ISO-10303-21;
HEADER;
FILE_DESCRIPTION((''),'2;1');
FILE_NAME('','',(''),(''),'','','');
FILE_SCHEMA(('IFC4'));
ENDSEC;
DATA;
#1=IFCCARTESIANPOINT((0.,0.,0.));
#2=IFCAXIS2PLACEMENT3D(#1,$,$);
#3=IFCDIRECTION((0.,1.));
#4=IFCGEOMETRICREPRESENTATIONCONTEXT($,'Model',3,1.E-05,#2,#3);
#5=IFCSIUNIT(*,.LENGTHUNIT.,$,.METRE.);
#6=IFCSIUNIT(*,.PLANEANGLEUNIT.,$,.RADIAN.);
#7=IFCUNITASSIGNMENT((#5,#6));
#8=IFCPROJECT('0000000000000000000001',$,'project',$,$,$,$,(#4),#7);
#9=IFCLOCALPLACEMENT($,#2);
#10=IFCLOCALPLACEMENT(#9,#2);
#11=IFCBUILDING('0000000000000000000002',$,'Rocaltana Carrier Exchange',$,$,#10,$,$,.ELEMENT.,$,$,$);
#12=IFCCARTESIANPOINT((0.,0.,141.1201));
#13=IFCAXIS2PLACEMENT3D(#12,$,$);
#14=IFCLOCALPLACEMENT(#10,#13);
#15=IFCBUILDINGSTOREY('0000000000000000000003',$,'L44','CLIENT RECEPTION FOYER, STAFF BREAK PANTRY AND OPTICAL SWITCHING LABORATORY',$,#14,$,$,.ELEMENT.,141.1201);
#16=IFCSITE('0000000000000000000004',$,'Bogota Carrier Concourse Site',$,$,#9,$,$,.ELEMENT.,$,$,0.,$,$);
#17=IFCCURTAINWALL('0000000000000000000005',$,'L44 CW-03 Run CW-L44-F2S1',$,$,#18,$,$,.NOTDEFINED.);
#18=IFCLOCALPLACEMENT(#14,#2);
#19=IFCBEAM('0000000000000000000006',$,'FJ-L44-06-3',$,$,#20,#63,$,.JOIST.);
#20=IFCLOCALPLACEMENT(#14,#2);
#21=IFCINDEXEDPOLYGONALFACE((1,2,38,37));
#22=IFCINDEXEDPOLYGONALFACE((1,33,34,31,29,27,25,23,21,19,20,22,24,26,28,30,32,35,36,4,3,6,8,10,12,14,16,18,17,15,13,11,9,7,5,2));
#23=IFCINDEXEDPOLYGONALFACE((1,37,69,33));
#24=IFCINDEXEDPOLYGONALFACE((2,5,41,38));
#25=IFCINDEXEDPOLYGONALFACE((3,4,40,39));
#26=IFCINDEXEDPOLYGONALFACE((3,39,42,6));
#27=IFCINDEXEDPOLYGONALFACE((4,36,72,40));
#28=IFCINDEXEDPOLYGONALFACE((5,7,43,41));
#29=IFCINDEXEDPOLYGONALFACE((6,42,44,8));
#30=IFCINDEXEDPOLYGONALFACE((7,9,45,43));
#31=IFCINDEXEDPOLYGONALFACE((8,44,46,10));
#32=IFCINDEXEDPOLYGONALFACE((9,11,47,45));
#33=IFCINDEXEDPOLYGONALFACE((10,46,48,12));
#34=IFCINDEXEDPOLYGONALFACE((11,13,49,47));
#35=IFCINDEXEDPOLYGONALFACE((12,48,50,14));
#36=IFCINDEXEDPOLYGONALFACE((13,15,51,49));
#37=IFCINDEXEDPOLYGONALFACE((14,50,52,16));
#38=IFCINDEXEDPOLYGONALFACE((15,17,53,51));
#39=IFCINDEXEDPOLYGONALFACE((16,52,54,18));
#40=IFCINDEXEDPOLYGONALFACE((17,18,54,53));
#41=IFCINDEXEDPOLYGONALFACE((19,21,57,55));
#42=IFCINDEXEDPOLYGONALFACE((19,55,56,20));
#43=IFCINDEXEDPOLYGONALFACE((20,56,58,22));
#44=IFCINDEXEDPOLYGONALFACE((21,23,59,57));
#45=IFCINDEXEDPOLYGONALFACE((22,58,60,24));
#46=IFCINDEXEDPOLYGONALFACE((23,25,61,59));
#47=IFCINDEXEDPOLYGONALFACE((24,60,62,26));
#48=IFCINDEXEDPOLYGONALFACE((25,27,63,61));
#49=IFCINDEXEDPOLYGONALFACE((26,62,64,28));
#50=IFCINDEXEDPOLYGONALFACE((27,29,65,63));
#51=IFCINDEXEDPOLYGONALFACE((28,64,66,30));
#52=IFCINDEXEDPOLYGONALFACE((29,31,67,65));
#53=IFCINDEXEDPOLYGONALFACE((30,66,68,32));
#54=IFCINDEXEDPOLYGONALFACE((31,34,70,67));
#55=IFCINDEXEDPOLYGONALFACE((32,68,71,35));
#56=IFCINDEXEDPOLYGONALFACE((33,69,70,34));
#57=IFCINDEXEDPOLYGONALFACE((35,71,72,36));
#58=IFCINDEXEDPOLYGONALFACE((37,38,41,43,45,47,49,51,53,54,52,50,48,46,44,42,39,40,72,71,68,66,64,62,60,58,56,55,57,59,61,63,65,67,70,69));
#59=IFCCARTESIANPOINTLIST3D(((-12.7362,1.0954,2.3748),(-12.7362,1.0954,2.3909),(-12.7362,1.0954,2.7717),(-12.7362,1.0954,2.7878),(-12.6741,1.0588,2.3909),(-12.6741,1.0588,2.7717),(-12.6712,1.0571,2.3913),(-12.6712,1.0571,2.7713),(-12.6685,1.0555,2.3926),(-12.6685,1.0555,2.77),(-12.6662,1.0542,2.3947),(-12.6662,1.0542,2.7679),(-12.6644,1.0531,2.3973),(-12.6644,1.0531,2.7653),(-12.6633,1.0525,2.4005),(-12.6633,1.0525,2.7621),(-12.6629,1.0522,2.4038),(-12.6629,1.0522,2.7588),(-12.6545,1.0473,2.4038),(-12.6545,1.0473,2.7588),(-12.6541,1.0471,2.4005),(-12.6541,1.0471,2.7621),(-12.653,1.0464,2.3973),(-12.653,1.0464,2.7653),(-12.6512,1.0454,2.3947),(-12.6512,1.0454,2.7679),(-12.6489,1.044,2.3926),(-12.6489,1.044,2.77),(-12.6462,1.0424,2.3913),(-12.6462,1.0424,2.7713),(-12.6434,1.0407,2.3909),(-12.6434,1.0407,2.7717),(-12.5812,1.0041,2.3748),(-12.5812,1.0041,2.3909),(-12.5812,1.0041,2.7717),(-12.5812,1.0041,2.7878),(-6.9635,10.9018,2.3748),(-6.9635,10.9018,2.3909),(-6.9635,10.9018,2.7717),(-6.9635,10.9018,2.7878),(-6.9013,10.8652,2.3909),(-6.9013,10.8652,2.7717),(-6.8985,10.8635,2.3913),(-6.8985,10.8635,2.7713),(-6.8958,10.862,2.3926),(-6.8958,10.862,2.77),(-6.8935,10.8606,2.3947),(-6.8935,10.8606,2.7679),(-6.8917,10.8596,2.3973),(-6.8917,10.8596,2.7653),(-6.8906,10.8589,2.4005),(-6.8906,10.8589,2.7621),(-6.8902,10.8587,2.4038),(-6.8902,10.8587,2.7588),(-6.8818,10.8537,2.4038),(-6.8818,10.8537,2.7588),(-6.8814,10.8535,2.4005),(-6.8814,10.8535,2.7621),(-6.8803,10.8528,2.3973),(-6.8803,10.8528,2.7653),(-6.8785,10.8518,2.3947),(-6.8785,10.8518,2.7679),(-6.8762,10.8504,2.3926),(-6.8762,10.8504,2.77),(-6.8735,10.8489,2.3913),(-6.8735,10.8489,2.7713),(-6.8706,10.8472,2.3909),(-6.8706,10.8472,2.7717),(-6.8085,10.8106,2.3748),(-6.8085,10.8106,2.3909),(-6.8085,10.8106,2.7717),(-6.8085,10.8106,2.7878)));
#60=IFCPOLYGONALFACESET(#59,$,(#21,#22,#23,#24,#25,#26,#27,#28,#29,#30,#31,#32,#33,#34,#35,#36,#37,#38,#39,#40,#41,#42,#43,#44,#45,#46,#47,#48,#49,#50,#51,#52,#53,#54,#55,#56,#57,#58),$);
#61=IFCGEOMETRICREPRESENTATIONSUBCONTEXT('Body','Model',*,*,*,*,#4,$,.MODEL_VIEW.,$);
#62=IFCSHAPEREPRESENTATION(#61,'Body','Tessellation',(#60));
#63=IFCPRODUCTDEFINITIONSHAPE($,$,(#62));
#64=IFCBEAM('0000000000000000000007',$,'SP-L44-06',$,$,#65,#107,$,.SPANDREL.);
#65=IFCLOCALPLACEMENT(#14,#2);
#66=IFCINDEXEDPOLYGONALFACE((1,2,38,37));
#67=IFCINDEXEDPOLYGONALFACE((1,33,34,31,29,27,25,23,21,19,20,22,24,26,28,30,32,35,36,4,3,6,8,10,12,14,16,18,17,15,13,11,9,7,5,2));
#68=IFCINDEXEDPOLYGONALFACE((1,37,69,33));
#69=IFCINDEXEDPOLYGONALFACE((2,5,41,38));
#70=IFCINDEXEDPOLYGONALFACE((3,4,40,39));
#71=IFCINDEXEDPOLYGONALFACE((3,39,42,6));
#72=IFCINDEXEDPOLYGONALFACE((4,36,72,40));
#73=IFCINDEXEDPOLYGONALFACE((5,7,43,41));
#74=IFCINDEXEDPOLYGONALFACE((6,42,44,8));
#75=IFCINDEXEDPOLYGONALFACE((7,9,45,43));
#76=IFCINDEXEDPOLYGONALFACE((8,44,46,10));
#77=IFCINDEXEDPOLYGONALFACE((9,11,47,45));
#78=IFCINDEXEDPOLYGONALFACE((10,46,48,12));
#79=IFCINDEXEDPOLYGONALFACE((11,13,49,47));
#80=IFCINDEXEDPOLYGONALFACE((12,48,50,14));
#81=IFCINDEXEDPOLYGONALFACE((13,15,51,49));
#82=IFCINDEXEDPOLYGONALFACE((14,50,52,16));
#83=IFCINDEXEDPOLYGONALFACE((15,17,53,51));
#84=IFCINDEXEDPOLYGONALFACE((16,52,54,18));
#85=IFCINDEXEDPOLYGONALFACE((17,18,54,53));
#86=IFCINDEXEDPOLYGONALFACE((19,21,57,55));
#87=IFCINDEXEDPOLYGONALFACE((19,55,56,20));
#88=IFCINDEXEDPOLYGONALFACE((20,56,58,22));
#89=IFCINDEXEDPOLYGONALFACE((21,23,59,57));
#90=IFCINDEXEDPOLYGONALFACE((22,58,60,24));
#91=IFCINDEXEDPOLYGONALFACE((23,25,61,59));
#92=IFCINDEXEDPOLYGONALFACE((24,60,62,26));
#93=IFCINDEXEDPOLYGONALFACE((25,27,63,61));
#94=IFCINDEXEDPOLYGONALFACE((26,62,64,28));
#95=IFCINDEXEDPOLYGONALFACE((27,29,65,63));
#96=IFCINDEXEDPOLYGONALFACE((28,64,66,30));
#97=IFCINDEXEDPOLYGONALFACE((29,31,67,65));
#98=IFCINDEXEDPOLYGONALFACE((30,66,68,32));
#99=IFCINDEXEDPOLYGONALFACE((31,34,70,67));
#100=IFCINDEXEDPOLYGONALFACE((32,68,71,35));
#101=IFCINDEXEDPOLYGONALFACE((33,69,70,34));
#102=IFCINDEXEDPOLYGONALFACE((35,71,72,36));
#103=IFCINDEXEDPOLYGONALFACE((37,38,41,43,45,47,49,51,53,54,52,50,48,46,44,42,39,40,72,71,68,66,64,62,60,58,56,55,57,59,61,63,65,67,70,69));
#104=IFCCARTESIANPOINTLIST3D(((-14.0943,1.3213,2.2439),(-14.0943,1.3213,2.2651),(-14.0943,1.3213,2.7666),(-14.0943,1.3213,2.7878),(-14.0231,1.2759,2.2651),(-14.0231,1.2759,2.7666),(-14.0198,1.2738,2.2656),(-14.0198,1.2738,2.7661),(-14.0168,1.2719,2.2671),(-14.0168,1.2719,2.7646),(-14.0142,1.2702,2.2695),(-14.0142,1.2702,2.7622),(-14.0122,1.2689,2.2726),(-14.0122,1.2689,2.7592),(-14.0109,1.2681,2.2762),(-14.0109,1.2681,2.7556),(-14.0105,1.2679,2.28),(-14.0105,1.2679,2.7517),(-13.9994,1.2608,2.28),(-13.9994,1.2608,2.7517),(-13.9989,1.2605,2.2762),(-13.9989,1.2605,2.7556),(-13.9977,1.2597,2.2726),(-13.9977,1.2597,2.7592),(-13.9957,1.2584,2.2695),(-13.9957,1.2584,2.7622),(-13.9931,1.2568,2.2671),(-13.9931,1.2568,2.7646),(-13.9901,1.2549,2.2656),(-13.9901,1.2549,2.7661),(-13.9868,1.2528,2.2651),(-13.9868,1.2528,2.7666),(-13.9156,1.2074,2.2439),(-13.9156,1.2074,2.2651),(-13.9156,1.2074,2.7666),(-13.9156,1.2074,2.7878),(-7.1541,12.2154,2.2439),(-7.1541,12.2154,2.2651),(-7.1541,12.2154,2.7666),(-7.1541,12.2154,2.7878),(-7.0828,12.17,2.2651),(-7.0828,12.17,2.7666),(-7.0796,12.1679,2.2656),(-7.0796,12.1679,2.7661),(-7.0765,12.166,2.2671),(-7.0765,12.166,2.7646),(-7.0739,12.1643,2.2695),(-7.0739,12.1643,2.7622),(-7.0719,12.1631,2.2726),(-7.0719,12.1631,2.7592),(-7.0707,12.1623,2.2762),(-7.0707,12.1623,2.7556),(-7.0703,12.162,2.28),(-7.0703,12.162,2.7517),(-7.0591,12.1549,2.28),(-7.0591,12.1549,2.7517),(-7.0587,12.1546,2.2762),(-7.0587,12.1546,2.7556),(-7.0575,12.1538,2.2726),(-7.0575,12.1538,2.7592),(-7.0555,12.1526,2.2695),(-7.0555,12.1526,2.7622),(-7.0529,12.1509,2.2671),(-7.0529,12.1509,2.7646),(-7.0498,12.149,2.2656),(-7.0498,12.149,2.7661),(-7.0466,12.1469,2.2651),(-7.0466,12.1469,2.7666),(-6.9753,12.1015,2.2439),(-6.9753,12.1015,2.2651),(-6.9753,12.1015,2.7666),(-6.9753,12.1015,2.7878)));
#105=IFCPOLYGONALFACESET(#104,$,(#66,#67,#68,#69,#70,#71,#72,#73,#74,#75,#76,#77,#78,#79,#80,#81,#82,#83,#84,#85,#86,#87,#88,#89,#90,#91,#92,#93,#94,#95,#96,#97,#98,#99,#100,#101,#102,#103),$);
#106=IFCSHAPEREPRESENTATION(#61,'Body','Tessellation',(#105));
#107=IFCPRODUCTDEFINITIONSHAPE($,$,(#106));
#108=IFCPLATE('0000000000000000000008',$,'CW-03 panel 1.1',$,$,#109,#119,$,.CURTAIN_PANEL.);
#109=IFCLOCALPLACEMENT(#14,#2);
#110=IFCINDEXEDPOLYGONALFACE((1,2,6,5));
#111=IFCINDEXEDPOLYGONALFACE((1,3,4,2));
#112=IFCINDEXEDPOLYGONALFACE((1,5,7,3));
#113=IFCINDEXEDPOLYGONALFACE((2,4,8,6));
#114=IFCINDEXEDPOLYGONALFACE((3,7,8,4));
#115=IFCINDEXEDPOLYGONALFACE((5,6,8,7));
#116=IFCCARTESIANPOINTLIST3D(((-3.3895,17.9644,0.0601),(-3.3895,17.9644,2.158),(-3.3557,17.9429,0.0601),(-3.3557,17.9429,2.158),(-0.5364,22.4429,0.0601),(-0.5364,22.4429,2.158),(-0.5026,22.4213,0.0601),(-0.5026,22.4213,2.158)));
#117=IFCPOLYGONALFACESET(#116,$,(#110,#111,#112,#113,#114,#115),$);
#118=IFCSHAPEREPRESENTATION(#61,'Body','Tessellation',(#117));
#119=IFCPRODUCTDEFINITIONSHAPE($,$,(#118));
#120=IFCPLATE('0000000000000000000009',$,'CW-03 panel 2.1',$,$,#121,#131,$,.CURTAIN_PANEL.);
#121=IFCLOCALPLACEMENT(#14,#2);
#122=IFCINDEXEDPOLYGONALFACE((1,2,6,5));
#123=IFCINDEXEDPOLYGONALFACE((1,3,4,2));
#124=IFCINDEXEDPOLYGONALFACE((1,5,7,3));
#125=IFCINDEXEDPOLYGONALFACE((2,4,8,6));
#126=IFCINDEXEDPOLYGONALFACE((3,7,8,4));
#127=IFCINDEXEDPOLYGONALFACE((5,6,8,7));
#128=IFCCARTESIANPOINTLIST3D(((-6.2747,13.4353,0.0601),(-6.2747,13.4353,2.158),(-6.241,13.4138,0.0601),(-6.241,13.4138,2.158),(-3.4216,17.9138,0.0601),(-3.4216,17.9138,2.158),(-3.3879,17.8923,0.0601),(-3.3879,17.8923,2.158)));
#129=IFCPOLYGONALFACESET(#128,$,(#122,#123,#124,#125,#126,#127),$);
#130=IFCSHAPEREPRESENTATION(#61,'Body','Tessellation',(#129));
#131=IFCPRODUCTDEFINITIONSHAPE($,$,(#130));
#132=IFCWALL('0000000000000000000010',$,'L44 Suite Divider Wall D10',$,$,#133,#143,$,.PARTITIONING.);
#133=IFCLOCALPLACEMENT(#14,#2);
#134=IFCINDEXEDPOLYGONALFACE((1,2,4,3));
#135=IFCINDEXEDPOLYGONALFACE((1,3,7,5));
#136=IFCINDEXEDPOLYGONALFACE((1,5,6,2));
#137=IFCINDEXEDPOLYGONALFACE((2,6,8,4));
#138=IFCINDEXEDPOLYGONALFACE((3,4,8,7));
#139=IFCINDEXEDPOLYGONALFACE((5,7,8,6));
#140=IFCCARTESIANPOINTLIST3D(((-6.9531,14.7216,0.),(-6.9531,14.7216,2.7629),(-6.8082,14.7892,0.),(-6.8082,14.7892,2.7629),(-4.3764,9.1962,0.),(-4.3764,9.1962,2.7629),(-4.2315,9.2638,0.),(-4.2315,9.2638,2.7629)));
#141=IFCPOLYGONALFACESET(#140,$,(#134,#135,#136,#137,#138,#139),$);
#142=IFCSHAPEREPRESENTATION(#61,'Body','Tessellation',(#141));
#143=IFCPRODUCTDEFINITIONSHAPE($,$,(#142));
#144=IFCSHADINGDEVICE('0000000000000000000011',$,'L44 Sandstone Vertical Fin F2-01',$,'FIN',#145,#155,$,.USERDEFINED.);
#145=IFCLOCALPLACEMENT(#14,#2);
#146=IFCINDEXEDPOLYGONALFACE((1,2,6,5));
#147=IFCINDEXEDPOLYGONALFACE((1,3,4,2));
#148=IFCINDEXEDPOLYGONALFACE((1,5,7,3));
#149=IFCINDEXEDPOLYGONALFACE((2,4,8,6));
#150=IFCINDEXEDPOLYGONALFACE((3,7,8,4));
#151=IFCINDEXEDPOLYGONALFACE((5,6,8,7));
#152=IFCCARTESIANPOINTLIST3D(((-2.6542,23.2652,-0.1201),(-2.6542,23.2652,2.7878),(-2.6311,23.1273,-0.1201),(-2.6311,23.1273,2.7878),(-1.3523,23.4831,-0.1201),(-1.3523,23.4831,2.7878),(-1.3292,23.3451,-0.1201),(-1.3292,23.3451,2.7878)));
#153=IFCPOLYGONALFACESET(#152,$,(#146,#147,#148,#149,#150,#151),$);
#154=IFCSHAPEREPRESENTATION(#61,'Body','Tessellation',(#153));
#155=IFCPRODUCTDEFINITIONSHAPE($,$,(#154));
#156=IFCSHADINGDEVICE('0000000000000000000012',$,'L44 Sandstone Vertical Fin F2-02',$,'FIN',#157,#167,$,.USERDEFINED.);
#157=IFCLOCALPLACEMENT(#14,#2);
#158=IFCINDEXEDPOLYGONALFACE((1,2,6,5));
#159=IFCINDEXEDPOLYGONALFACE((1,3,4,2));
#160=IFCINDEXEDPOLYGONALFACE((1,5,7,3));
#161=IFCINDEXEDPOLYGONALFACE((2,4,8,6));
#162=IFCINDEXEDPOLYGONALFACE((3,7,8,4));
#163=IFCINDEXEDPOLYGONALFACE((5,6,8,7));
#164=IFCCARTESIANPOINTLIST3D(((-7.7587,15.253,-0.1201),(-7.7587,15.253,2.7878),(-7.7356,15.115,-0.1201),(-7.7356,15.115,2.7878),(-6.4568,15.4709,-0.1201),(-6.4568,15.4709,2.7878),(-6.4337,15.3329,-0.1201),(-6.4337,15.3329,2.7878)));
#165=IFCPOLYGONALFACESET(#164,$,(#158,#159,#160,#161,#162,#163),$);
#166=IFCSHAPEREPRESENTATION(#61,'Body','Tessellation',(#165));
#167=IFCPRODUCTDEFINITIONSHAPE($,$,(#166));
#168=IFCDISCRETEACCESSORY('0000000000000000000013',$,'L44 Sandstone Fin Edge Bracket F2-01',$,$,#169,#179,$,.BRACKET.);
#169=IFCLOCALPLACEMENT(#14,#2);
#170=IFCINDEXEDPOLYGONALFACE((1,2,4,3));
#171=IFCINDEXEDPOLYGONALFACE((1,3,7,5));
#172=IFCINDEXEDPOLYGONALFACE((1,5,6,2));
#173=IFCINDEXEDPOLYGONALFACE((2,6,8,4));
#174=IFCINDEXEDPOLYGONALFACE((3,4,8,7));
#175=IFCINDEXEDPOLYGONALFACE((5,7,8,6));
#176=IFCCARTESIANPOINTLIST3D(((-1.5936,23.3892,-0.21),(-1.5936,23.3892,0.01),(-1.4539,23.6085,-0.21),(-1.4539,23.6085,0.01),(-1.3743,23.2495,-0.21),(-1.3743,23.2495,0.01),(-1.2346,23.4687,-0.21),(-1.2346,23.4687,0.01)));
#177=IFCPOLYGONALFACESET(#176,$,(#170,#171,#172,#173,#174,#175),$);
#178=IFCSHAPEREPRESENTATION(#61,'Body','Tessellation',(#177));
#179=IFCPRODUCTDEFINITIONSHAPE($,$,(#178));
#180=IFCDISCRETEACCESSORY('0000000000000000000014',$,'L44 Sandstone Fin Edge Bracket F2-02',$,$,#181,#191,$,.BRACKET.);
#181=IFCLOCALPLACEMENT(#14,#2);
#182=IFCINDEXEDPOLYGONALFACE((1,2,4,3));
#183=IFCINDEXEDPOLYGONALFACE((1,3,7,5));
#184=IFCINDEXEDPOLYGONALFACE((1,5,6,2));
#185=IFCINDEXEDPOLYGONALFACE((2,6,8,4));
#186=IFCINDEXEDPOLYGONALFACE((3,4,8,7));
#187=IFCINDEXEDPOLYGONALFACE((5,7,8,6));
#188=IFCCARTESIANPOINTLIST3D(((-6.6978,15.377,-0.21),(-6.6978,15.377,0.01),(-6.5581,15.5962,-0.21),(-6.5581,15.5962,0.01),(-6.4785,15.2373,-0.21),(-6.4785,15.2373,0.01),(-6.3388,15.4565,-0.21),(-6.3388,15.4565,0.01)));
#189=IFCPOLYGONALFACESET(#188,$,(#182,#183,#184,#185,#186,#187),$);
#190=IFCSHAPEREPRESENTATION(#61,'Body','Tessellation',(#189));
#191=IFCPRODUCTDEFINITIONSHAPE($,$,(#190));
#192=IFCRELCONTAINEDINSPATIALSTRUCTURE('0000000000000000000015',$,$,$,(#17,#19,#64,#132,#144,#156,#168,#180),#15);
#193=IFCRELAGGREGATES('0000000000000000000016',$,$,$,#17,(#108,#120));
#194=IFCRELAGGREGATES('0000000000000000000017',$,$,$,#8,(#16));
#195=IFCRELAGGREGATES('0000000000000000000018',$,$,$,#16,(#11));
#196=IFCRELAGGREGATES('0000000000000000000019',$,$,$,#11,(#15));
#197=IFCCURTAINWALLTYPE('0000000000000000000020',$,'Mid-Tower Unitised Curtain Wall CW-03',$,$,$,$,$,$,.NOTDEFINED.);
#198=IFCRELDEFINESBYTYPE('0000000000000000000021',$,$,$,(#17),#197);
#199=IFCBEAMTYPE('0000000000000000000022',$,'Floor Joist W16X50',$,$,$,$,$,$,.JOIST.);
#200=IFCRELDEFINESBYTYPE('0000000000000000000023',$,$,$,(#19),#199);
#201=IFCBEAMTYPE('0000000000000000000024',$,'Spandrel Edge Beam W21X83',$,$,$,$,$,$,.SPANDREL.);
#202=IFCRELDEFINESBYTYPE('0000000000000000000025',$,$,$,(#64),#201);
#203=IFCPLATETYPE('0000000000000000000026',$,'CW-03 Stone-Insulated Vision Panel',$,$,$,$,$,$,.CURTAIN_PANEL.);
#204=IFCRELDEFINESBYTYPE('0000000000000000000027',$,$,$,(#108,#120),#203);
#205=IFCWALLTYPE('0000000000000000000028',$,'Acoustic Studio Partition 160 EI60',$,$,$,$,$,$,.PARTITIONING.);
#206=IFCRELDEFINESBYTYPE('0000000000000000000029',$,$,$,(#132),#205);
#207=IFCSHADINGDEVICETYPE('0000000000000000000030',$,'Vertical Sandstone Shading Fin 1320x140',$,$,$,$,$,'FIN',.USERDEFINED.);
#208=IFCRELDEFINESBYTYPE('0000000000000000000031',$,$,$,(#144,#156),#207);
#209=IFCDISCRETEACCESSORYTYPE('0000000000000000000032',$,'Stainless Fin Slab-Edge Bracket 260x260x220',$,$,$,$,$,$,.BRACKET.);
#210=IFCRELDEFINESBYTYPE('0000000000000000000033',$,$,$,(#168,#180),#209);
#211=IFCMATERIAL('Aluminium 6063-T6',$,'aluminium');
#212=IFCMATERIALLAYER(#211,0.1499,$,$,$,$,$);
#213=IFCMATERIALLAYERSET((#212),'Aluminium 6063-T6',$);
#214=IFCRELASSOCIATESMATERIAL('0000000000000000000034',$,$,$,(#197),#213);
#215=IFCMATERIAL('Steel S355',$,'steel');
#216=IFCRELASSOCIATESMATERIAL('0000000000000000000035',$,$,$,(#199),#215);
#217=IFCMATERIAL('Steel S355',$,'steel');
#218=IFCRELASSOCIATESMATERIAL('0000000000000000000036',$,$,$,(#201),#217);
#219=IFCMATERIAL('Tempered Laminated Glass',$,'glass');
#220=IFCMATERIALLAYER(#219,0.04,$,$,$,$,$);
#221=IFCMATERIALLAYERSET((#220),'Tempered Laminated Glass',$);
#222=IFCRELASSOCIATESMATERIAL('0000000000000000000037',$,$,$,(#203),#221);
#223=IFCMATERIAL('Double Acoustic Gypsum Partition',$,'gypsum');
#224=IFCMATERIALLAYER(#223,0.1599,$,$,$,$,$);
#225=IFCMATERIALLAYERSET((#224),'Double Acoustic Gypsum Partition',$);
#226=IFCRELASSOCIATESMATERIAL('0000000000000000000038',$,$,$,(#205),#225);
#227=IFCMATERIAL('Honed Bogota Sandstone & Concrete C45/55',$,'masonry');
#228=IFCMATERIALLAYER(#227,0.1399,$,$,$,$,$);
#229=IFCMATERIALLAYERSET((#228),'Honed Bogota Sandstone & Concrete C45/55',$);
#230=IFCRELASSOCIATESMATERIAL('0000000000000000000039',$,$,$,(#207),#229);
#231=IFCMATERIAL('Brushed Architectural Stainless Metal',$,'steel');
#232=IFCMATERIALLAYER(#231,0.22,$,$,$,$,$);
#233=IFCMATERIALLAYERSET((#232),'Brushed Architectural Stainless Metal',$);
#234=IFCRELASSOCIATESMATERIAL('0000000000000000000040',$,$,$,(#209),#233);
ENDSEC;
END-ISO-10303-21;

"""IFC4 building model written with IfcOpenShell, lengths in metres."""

from ifc_helpers import new_model, si_unit, direction, frame, frame_2d, origin, origin_2d, place, context, subcontext, project, spatial, rectangle, i_section, extrude, material, layer, layer_set, material_profile, profile_set, type_object, element, aggregate, save


model = new_model("IFC4")

# Units and contexts
model_context = context("Model", 3, precision=1e-05, world=origin(), true_north=direction((0.0, 1.0)))
body_context = subcontext(model_context, "Body", "Model", "MODEL_VIEW")
ifc_project = project(units=[si_unit("LENGTHUNIT", "METRE"), si_unit("PLANEANGLEUNIT", "RADIAN")], contexts=[model_context])

# Site, building, storey
site_placement = place(None, origin())
site = spatial("IfcSite", under=ifc_project, at=site_placement, Name="Bogota Carrier Concourse Site", CompositionType="ELEMENT", RefElevation=0.0)
building_placement = place(site_placement, origin())
building = spatial("IfcBuilding", under=site, at=building_placement, Name="Rocaltana Carrier Exchange", CompositionType="ELEMENT")
storey_placement = place(building_placement, frame((0.0, 0.0, 141.1201)))
storey = spatial("IfcBuildingStorey", under=building, at=storey_placement, Name="L44", Description="CLIENT RECEPTION FOYER, STAFF BREAK PANTRY AND OPTICAL SWITCHING LABORATORY", CompositionType="ELEMENT", Elevation=141.1201)

# Curtain wall
ifc_material_1 = material(Name="Aluminium 6063-T6", Category="aluminium")
ifc_layer_1 = layer(ifc_material_1, 0.1499)
ifc_layer_set_1 = layer_set([ifc_layer_1], Name="Aluminium 6063-T6")
curtain_wall_type = type_object("IfcCurtainWallType", Name="Mid-Tower Unitised Curtain Wall CW-03", PredefinedType="NOTDEFINED", material=ifc_layer_set_1)
curtain_wall_1_placement = place(storey_placement, origin())
curtain_wall_1 = element("IfcCurtainWall", 1, at=curtain_wall_1_placement, inside=storey, type_object=curtain_wall_type, Name="L44 CW-03 Run CW-L44-F2S1", PredefinedType="NOTDEFINED")

# Beams
ifc_material_2 = material(Name="Steel S355", Category="steel")
ifc_material_profile_1 = material_profile(ifc_material_2, i_section(OverallWidth=0.1799, OverallDepth=0.4131, WebThickness=0.0098, FlangeThickness=0.0161, FilletRadius=0.0129, at=origin_2d()), Name="W16X50")
ifc_profile_set_1 = profile_set([ifc_material_profile_1], Name="Steel S355")
beam_type_1 = type_object("IfcBeamType", Name="Floor Joist W16X50", PredefinedType="JOIST", material=ifc_profile_set_1)
beam_1_placement = place(storey_placement, frame((-6.886, 10.8562, 2.5813), z_axis=(-0.507297, -0.861771, 0.0), x_axis=(0.861771, -0.507297, 0.0)))
element("IfcBeam", 2, at=beam_1_placement, inside=storey, type_object=beam_type_1, Name="FJ-L44-06-3", PredefinedType="JOIST", context=body_context, shape_type="SweptSolid", body=[
    extrude(i_section(OverallWidth=0.1799, OverallDepth=0.4131, WebThickness=0.0098, FlangeThickness=0.0161, FilletRadius=0.0129, at=origin_2d()), origin(), (0.0, 0.0, 1.0), 11.3794),
])
ifc_material_3 = material(Name="Steel S355", Category="steel")
ifc_material_profile_2 = material_profile(ifc_material_3, i_section(OverallWidth=0.2119, OverallDepth=0.5439, WebThickness=0.0132, FlangeThickness=0.0212, FilletRadius=0.0149, at=origin_2d()), Name="W21X83")
ifc_profile_set_2 = profile_set([ifc_material_profile_2], Name="Steel S355")
beam_type_2 = type_object("IfcBeamType", Name="Spandrel Edge Beam W21X83", PredefinedType="SPANDREL", material=ifc_profile_set_2)
beam_2_placement = place(storey_placement, frame((-7.0647, 12.1584, 2.5159), z_axis=(-0.537295, -0.843394, 0.0), x_axis=(0.843394, -0.537295, 0.0)))
element("IfcBeam", 3, at=beam_2_placement, inside=storey, type_object=beam_type_2, Name="SP-L44-06", PredefinedType="SPANDREL", context=body_context, shape_type="SweptSolid", body=[
    extrude(i_section(OverallWidth=0.2119, OverallDepth=0.5439, WebThickness=0.0132, FlangeThickness=0.0212, FilletRadius=0.0149, at=origin_2d()), origin(), (0.0, 0.0, 1.0), 12.917),
])

# Plates
ifc_material_4 = material(Name="Tempered Laminated Glass", Category="glass")
ifc_layer_2 = layer(ifc_material_4, 0.04)
ifc_layer_set_2 = layer_set([ifc_layer_2], Name="Tempered Laminated Glass")
plate_type = type_object("IfcPlateType", Name="CW-03 Stone-Insulated Vision Panel", PredefinedType="CURTAIN_PANEL", material=ifc_layer_set_2)
plate_1_placement = place(storey_placement, frame((-1.946, 20.1929, 0.0601), z_axis=(0.0, 0.0, 1.0), x_axis=(-0.537301, -0.843391, 0.0)))
plate_1 = element("IfcPlate", 4, at=plate_1_placement, type_object=plate_type, Name="CW-03 panel 1.1", PredefinedType="CURTAIN_PANEL", context=body_context, shape_type="SweptSolid", body=[
    extrude(rectangle(XDim=5.3101, YDim=0.04, at=origin_2d()), origin(), (0.0, 0.0, 1.0), 2.0979),
])
plate_2_placement = place(storey_placement, frame((-4.8313, 15.6638, 0.0601), z_axis=(0.0, 0.0, 1.0), x_axis=(-0.537301, -0.843391, 0.0)))
plate_2 = element("IfcPlate", 5, at=plate_2_placement, type_object=plate_type, Name="CW-03 panel 2.1", PredefinedType="CURTAIN_PANEL", context=body_context, shape_type="SweptSolid", body=[
    extrude(rectangle(XDim=5.3101, YDim=0.04, at=origin_2d()), origin(), (0.0, 0.0, 1.0), 2.0979),
])
aggregate(curtain_wall_1, [plate_1, plate_2])

# Wall
ifc_material_5 = material(Name="Double Acoustic Gypsum Partition", Category="gypsum")
ifc_layer_3 = layer(ifc_material_5, 0.1599)
ifc_layer_set_3 = layer_set([ifc_layer_3], Name="Double Acoustic Gypsum Partition")
wall_type = type_object("IfcWallType", Name="Acoustic Studio Partition 160 EI60", PredefinedType="PARTITIONING", material=ifc_layer_set_3)
wall_placement = place(storey_placement, frame((-4.304, 9.23, 0.0), z_axis=(0.0, 0.0, 1.0), x_axis=(-0.422636, 0.9063, 0.0)))
element("IfcWall", 6, at=wall_placement, inside=storey, type_object=wall_type, Name="L44 Suite Divider Wall D10", PredefinedType="PARTITIONING", context=body_context, shape_type="SweptSolid", body=[
    extrude(rectangle(XDim=6.0967, YDim=0.1599, at=frame_2d((3.0483, 0.0))), origin(), (0.0, 0.0, 1.0), 2.7629),
])

# Shading devices
ifc_material_6 = material(Name="Honed Bogota Sandstone & Concrete C45/55", Category="masonry")
ifc_layer_4 = layer(ifc_material_6, 0.1399)
ifc_layer_set_4 = layer_set([ifc_layer_4], Name="Honed Bogota Sandstone & Concrete C45/55")
shading_device_type = type_object("IfcShadingDeviceType", Name="Vertical Sandstone Shading Fin 1320x140", ElementType="FIN", PredefinedType="USERDEFINED", material=ifc_layer_set_4)
for number, where, z_axis, x_axis, name in (
    (7, (-1.9917, 23.3052, -0.1201), (0.0, 0.0, 1.0), (-0.986286, -0.165048, 0.0), "L44 Sandstone Vertical Fin F2-01"),
    (8, (-7.0962, 15.293, -0.1201), (0.0, 0.0, 1.0), (-0.986286, -0.165048, 0.0), "L44 Sandstone Vertical Fin F2-02"),
):
    element("IfcShadingDevice", number, at=place(storey_placement, frame(where, z_axis=z_axis, x_axis=x_axis)), inside=storey, type_object=shading_device_type, Name=name, ObjectType="FIN", PredefinedType="USERDEFINED", context=body_context, shape_type="SweptSolid", body=[
        extrude(rectangle(XDim=1.3201, YDim=0.1399, at=origin_2d()), origin(), (0.0, 0.0, 1.0), 2.908),
    ])

# Discrete accessories
ifc_material_7 = material(Name="Brushed Architectural Stainless Metal", Category="steel")
ifc_layer_5 = layer(ifc_material_7, 0.22)
ifc_layer_set_5 = layer_set([ifc_layer_5], Name="Brushed Architectural Stainless Metal")
discrete_accessory_type = type_object("IfcDiscreteAccessoryType", Name="Stainless Fin Slab-Edge Bracket 260x260x220", PredefinedType="BRACKET", material=ifc_layer_set_5)
for number, where, z_axis, x_axis, name in (
    (9, (-1.4141, 23.429, -0.21), (0.0, 0.0, 1.0), (-0.5373, -0.843391, 0.0), "L44 Sandstone Fin Edge Bracket F2-01"),
    (10, (-6.5183, 15.4167, -0.21), (0.0, 0.0, 1.0), (-0.5373, -0.843391, 0.0), "L44 Sandstone Fin Edge Bracket F2-02"),
):
    element("IfcDiscreteAccessory", number, at=place(storey_placement, frame(where, z_axis=z_axis, x_axis=x_axis)), inside=storey, type_object=discrete_accessory_type, Name=name, PredefinedType="BRACKET", context=body_context, shape_type="SweptSolid", body=[
        extrude(rectangle(XDim=0.26, YDim=0.26, at=origin_2d()), origin(), (0.0, 0.0, 1.0), 0.22),
    ])

save(model, "model.ifc")
